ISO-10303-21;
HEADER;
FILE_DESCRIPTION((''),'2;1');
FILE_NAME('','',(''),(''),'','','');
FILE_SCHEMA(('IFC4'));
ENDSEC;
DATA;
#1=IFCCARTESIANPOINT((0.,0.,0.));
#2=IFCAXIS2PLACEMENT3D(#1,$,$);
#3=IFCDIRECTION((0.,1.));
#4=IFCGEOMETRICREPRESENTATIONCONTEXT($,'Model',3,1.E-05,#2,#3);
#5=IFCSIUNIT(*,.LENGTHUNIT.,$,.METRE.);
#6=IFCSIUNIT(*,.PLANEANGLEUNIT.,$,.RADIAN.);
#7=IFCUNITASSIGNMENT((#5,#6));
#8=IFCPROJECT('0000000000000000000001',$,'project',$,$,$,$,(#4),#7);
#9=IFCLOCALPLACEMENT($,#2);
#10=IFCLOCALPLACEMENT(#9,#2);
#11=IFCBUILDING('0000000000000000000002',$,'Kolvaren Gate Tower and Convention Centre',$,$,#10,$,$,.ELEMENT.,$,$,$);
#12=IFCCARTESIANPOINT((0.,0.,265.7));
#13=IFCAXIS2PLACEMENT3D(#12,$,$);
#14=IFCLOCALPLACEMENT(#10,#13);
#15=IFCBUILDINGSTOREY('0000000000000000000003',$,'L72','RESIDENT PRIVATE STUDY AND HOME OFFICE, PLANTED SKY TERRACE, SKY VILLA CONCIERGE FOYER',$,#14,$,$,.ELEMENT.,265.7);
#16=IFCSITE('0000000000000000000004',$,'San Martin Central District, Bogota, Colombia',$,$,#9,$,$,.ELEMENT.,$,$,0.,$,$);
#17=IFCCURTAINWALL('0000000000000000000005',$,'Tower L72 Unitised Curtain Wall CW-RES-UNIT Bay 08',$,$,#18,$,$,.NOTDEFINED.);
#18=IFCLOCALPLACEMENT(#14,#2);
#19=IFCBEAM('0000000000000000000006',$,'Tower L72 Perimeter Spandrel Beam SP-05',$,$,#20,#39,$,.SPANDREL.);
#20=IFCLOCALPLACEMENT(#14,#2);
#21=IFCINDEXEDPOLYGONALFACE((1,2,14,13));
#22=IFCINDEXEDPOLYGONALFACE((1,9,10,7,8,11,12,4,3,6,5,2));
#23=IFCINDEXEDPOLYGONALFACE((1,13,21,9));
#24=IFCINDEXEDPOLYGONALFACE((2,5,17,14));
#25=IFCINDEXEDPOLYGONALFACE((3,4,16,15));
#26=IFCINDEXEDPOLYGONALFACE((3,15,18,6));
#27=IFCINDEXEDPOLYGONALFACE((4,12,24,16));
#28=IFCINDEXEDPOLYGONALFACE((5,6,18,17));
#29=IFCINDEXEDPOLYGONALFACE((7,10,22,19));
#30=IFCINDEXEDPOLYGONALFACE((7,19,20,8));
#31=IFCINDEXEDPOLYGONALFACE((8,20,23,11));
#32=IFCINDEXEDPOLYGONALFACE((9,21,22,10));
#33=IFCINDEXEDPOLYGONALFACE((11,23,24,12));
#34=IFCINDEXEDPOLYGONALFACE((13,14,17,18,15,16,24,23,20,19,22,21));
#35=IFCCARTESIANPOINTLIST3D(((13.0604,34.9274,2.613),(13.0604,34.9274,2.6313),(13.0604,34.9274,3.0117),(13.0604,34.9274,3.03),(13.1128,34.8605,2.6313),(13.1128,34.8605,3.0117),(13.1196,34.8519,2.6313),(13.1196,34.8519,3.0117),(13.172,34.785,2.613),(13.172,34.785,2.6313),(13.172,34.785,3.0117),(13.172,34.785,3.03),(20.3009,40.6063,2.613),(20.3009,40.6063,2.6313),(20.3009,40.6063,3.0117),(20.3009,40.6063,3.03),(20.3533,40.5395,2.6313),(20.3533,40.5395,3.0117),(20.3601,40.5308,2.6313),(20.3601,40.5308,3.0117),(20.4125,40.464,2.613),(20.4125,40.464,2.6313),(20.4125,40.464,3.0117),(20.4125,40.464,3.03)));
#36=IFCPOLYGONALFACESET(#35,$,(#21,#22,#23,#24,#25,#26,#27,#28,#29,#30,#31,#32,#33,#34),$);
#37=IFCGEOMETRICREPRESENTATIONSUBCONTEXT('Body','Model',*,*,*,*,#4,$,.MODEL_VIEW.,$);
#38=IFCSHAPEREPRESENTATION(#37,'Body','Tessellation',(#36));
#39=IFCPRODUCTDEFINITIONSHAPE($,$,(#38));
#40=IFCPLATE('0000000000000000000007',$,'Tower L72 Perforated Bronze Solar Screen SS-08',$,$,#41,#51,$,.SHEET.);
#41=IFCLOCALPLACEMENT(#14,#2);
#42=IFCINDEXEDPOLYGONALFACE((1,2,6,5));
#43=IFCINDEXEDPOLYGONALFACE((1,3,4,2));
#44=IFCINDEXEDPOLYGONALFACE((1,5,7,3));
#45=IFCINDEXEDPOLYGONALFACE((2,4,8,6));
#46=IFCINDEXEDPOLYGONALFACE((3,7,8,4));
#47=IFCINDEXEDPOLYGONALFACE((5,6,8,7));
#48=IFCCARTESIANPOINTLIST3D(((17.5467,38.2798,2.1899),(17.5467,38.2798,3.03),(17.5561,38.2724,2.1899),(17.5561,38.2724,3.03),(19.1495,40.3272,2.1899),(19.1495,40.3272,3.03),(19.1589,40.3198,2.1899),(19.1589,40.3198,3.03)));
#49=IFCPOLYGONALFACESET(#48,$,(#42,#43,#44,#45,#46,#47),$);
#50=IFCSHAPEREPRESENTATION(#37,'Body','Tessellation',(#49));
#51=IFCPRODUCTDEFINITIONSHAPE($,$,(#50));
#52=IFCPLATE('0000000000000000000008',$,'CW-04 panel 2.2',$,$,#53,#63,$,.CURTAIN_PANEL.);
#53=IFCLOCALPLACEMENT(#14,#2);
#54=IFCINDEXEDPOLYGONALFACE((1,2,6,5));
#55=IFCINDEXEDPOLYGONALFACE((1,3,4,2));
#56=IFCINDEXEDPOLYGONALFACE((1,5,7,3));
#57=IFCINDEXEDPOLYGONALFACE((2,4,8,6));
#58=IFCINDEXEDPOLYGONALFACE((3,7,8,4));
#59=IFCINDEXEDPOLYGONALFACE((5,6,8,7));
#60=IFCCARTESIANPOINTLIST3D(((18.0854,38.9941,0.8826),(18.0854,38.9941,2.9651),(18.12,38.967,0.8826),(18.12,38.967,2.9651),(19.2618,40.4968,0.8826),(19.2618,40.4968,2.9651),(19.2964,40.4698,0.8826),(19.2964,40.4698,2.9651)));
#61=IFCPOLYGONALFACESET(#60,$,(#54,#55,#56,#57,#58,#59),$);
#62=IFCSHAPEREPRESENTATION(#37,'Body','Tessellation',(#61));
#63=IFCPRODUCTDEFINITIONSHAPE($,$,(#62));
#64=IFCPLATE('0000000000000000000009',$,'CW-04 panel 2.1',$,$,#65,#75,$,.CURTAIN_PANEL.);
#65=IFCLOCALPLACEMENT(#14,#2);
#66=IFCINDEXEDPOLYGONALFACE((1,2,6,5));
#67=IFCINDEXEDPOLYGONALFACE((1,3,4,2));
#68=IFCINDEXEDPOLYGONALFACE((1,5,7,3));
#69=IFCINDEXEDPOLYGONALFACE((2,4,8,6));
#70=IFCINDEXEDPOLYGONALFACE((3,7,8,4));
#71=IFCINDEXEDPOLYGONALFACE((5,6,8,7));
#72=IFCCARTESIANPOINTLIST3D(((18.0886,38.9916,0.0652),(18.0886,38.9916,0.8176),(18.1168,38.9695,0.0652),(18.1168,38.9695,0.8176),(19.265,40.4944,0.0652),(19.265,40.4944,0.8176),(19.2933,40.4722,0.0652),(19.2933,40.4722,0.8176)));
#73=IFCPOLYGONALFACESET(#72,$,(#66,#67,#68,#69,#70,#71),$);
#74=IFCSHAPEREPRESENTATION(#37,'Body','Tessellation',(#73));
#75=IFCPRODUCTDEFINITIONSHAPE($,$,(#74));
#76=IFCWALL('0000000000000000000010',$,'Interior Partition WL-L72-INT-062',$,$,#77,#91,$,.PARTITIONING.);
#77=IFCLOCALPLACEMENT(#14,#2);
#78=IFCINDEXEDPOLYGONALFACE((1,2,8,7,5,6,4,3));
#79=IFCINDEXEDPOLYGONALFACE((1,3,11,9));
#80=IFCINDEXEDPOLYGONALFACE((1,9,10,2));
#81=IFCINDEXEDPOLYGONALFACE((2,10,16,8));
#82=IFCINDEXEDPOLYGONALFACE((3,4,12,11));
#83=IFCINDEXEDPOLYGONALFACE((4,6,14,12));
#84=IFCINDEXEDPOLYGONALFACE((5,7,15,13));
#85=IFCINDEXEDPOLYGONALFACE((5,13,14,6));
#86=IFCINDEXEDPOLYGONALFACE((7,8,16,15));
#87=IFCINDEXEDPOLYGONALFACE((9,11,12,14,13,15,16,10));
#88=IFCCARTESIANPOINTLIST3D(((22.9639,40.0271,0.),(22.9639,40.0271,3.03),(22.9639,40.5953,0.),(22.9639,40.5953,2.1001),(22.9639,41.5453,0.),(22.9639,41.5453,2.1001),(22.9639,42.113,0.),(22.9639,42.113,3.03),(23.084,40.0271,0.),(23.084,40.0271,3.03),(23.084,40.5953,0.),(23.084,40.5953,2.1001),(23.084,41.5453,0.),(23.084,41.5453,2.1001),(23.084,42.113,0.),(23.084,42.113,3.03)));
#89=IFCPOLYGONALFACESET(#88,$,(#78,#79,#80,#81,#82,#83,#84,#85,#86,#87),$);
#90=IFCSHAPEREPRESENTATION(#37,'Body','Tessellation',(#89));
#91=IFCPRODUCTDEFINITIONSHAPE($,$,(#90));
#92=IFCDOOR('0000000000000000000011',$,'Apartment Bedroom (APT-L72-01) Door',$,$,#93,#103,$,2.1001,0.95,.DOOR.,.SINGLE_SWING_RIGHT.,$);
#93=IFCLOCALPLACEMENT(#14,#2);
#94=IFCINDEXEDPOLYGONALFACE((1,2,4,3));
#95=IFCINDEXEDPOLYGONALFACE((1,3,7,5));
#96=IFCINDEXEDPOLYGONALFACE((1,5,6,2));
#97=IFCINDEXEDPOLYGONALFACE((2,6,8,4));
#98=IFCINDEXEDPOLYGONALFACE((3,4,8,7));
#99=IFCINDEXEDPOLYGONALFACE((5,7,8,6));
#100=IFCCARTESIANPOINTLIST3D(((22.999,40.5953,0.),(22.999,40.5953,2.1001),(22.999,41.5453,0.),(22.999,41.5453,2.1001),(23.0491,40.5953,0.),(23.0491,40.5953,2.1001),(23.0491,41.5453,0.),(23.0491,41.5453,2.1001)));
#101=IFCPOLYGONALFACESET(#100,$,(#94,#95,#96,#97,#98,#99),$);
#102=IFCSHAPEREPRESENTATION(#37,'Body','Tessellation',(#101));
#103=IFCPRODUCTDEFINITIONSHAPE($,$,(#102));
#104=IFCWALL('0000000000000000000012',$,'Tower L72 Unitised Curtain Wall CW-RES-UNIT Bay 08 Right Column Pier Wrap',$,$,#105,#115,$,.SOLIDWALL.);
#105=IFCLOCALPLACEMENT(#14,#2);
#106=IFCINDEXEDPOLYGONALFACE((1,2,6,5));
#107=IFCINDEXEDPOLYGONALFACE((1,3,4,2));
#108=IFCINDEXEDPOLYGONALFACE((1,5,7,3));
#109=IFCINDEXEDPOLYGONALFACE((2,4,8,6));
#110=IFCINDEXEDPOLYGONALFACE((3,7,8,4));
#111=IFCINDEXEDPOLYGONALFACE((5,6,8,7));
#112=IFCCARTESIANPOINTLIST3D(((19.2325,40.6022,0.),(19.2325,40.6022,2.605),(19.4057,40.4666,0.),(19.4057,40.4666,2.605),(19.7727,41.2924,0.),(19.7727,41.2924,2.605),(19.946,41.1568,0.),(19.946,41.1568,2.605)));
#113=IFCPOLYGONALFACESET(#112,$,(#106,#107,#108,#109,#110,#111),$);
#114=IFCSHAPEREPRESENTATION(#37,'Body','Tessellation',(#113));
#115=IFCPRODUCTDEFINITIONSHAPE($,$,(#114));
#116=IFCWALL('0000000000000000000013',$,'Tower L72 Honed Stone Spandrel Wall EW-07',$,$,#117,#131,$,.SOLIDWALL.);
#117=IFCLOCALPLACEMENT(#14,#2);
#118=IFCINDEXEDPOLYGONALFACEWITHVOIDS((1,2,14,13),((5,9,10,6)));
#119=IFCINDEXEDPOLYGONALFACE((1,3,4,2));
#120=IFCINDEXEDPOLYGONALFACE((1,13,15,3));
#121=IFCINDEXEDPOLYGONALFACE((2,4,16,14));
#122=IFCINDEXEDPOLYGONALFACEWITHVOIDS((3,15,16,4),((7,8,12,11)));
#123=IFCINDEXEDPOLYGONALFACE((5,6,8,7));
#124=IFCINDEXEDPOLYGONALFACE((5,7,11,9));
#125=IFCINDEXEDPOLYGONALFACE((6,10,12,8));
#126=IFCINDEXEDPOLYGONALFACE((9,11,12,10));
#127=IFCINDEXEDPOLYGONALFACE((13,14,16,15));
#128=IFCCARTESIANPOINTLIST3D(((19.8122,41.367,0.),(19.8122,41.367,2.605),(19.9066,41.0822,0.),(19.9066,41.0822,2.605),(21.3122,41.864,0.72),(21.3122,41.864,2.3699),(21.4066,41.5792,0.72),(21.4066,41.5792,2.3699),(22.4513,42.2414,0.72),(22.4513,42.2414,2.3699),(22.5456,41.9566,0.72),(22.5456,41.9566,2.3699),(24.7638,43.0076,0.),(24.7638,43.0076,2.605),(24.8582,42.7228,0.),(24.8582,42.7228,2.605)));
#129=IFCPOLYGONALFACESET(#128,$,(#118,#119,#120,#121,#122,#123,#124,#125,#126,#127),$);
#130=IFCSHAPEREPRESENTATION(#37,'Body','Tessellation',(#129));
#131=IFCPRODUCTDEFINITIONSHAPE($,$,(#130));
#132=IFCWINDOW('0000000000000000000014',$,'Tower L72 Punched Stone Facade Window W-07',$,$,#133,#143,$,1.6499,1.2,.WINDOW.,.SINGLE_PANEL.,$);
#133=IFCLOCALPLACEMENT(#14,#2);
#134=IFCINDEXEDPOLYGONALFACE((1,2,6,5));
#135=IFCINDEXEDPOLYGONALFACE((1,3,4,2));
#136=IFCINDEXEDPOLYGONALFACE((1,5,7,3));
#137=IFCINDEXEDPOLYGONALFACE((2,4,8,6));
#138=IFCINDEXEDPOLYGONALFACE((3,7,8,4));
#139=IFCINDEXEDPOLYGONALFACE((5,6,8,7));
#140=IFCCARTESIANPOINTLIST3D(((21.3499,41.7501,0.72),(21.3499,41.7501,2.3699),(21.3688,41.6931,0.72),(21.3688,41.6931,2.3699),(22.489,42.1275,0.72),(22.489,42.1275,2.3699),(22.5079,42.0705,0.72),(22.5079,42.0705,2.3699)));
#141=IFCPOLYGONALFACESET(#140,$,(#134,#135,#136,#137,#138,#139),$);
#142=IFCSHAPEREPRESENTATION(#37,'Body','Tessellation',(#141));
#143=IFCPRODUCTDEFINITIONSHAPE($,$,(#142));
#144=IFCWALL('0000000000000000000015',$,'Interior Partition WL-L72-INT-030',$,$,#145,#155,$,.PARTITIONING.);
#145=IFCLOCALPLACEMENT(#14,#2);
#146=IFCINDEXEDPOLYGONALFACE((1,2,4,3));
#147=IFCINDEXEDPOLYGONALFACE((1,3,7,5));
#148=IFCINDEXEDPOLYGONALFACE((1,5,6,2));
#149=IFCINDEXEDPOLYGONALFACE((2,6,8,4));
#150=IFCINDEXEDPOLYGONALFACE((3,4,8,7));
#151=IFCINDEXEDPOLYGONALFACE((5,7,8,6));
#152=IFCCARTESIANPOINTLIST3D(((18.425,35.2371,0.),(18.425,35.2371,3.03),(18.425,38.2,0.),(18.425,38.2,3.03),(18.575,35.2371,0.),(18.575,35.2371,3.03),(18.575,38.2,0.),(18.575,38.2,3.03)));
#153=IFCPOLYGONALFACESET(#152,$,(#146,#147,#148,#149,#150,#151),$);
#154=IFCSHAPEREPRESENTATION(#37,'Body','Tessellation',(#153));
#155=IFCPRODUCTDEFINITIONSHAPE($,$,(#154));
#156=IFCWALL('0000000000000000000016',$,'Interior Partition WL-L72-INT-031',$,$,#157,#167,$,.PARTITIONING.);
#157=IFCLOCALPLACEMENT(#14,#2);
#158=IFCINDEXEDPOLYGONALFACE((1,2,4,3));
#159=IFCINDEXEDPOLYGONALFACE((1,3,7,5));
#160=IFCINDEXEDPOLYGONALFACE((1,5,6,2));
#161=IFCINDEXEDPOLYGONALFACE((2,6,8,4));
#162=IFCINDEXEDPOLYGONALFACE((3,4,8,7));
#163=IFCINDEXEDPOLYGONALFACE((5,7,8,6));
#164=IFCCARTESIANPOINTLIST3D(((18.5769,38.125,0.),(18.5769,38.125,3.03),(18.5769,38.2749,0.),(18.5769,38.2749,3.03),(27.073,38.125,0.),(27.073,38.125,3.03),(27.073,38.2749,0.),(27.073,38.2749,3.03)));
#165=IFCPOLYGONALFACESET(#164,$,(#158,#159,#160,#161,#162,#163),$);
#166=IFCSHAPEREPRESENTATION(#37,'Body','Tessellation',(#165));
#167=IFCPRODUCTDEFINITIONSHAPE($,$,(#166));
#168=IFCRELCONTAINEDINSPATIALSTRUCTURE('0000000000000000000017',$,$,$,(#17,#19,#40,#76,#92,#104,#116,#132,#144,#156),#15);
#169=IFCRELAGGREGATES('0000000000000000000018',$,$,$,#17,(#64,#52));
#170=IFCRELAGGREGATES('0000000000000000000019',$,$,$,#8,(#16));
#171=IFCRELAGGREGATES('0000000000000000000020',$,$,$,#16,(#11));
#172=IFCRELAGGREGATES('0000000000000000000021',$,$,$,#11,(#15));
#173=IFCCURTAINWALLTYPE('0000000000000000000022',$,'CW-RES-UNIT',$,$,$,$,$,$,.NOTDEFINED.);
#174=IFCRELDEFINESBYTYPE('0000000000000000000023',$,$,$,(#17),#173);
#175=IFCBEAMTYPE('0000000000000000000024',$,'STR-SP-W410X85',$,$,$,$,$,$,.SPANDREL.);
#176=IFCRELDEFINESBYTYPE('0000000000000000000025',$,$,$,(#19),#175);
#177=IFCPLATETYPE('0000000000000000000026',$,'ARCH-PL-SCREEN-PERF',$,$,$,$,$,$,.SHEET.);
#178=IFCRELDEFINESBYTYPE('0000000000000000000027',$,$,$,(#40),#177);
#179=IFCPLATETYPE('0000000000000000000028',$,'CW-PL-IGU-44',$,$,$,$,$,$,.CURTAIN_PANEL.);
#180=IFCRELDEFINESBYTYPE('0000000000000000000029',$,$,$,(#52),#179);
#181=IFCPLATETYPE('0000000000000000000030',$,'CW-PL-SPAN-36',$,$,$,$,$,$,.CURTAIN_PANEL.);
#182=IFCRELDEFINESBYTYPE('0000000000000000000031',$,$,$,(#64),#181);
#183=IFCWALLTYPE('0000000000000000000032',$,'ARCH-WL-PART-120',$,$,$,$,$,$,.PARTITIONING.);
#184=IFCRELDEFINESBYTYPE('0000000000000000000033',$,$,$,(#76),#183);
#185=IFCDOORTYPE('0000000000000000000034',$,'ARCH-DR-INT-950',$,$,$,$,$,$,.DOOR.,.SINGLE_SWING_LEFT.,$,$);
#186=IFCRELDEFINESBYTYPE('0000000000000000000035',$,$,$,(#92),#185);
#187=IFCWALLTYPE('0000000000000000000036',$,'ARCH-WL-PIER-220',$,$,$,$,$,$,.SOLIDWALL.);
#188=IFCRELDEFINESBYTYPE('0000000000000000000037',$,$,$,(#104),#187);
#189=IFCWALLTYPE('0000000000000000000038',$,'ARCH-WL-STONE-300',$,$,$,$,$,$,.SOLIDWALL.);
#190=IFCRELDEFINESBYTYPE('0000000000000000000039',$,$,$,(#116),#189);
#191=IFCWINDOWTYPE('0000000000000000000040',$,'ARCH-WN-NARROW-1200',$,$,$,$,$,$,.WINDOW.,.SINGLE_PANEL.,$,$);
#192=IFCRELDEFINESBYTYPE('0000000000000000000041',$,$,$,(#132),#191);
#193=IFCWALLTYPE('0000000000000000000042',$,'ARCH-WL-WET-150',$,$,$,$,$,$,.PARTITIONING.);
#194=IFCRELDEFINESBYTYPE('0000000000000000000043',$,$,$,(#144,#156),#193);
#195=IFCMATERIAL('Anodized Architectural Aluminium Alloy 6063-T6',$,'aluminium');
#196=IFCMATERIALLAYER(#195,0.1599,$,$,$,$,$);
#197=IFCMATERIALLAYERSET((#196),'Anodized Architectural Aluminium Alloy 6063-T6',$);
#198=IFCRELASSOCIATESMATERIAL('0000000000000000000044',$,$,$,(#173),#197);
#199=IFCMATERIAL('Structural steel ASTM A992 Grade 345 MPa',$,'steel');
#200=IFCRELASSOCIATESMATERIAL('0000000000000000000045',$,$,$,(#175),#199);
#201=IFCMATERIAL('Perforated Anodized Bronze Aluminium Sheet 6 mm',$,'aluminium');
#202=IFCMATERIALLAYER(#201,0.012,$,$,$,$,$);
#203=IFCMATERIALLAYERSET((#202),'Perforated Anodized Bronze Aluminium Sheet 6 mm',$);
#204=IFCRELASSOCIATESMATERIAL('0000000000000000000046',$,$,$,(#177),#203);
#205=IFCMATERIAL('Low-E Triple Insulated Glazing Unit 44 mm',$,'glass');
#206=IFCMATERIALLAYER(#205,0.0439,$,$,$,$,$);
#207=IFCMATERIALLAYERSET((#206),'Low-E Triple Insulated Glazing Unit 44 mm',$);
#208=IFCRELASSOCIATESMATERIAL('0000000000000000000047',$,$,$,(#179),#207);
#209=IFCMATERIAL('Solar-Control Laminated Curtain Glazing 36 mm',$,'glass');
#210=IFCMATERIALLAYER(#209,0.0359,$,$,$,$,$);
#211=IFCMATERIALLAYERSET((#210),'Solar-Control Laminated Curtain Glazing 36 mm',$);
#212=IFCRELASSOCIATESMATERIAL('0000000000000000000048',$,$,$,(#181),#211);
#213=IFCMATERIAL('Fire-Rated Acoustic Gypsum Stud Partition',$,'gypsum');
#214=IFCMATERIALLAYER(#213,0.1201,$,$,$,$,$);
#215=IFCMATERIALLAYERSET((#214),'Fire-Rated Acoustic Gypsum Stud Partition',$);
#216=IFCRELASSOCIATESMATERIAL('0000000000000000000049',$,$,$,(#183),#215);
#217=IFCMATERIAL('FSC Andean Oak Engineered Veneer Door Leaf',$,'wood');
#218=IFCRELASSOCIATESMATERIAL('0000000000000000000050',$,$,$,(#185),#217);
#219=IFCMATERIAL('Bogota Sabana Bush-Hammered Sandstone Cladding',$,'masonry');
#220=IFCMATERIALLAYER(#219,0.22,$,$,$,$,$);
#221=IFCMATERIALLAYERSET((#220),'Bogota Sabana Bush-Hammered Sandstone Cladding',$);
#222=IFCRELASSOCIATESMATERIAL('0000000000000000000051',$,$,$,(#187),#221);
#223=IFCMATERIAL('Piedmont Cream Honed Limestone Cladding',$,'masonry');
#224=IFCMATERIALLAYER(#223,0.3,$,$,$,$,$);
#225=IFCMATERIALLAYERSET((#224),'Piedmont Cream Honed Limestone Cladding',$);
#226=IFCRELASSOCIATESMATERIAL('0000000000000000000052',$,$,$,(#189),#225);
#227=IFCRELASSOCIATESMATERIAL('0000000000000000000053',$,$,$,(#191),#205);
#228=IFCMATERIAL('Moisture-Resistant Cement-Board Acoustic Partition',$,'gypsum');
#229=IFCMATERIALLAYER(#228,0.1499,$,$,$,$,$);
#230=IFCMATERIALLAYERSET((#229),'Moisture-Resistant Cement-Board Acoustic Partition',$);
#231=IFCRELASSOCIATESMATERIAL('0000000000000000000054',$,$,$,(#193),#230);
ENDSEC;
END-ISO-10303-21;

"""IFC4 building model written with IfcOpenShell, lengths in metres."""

from ifc_helpers import new_model, si_unit, direction, frame, frame_2d, origin, origin_2d, place, context, subcontext, project, spatial, rectangle, i_section, extrude, material, layer, layer_set, material_profile, profile_set, type_object, element, fill, aggregate, save


model = new_model("IFC4")

# Units and contexts
model_context = context("Model", 3, precision=1e-05, world=origin(), true_north=direction((0.0, 1.0)))
body_context = subcontext(model_context, "Body", "Model", "MODEL_VIEW")
ifc_project = project(units=[si_unit("LENGTHUNIT", "METRE"), si_unit("PLANEANGLEUNIT", "RADIAN")], contexts=[model_context])

# Site, building, storey
site_placement = place(None, origin())
site = spatial("IfcSite", under=ifc_project, at=site_placement, Name="San Martin Central District, Bogota, Colombia", CompositionType="ELEMENT", RefElevation=0.0)
building_placement = place(site_placement, origin())
building = spatial("IfcBuilding", under=site, at=building_placement, Name="Kolvaren Gate Tower and Convention Centre", CompositionType="ELEMENT")
storey_placement = place(building_placement, frame((0.0, 0.0, 265.7)))
storey = spatial("IfcBuildingStorey", under=building, at=storey_placement, Name="L72", Description="RESIDENT PRIVATE STUDY AND HOME OFFICE, PLANTED SKY TERRACE, SKY VILLA CONCIERGE FOYER", CompositionType="ELEMENT", Elevation=265.7)

# Curtain wall
ifc_material_1 = material(Name="Anodized Architectural Aluminium Alloy 6063-T6", Category="aluminium")
ifc_layer_1 = layer(ifc_material_1, 0.1599)
ifc_layer_set_1 = layer_set([ifc_layer_1], Name="Anodized Architectural Aluminium Alloy 6063-T6")
curtain_wall_type = type_object("IfcCurtainWallType", Name="CW-RES-UNIT", PredefinedType="NOTDEFINED", material=ifc_layer_set_1)
curtain_wall_placement = place(storey_placement, origin())
curtain_wall = element("IfcCurtainWall", 1, at=curtain_wall_placement, inside=storey, type_object=curtain_wall_type, Name="Tower L72 Unitised Curtain Wall CW-RES-UNIT Bay 08", PredefinedType="NOTDEFINED")

# Beam
ifc_material_2 = material(Name="Structural steel ASTM A992 Grade 345 MPa", Category="steel")
ifc_material_profile_1 = material_profile(ifc_material_2, i_section(OverallWidth=0.1809, OverallDepth=0.417, WebThickness=0.011, FlangeThickness=0.0183, at=origin_2d()), Name="W410X85")
ifc_profile_set_1 = profile_set([ifc_material_profile_1], Name="Structural steel ASTM A992 Grade 345 MPa")
beam_type_1 = type_object("IfcBeamType", Name="STR-SP-W410X85", PredefinedType="SPANDREL", material=ifc_profile_set_1)
beam_1_placement = place(storey_placement, frame((20.3567, 40.5352, 2.8215), z_axis=(-0.786846, -0.61715, 0.0), x_axis=(0.61715, -0.786846, 0.0)))
element("IfcBeam", 2, at=beam_1_placement, inside=storey, type_object=beam_type_1, Name="Tower L72 Perimeter Spandrel Beam SP-05", PredefinedType="SPANDREL", context=body_context, shape_type="SweptSolid", body=[
    extrude(i_section(OverallWidth=0.1809, OverallDepth=0.417, WebThickness=0.011, FlangeThickness=0.0183, at=origin_2d()), origin(), (0.0, 0.0, 1.0), 9.2019),
])

# Plates
ifc_material_3 = material(Name="Perforated Anodized Bronze Aluminium Sheet 6 mm", Category="aluminium")
ifc_layer_2 = layer(ifc_material_3, 0.012)
ifc_layer_set_2 = layer_set([ifc_layer_2], Name="Perforated Anodized Bronze Aluminium Sheet 6 mm")
plate_type_1 = type_object("IfcPlateType", Name="ARCH-PL-SCREEN-PERF", PredefinedType="SHEET", material=ifc_layer_set_2)
plate_1_placement = place(storey_placement, frame((18.3528, 39.2998, 2.1899), z_axis=(0.0, 0.0, 1.0), x_axis=(0.61643, 0.78741, 0.0)))
element("IfcPlate", 3, at=plate_1_placement, inside=storey, type_object=plate_type_1, Name="Tower L72 Perforated Bronze Solar Screen SS-08", PredefinedType="SHEET", context=body_context, shape_type="SweptSolid", body=[
    extrude(rectangle(XDim=2.6001, YDim=0.012, at=origin_2d()), origin(), (0.0, 0.0, 1.0), 0.8401),
])
ifc_material_4 = material(Name="Low-E Triple Insulated Glazing Unit 44 mm", Category="glass")
ifc_layer_3 = layer(ifc_material_4, 0.0439)
ifc_layer_set_3 = layer_set([ifc_layer_3], Name="Low-E Triple Insulated Glazing Unit 44 mm")
plate_type_2 = type_object("IfcPlateType", Name="CW-PL-IGU-44", PredefinedType="CURTAIN_PANEL", material=ifc_layer_set_3)
plate_2_placement = place(storey_placement, frame((18.6909, 39.7319, 0.8826), z_axis=(0.0, 0.0, 1.0), x_axis=(0.616426, 0.787413, 0.0)))
plate_2 = element("IfcPlate", 4, at=plate_2_placement, type_object=plate_type_2, Name="CW-04 panel 2.2", PredefinedType="CURTAIN_PANEL", context=body_context, shape_type="SweptSolid", body=[
    extrude(rectangle(XDim=1.9084, YDim=0.0439, at=origin_2d()), origin(), (0.0, 0.0, 1.0), 2.0825),
])
ifc_material_5 = material(Name="Solar-Control Laminated Curtain Glazing 36 mm", Category="glass")
ifc_layer_4 = layer(ifc_material_5, 0.0359)
ifc_layer_set_4 = layer_set([ifc_layer_4], Name="Solar-Control Laminated Curtain Glazing 36 mm")
plate_type_3 = type_object("IfcPlateType", Name="CW-PL-SPAN-36", PredefinedType="CURTAIN_PANEL", material=ifc_layer_set_4)
plate_3_placement = place(storey_placement, frame((18.6909, 39.7319, 0.0652), z_axis=(0.0, 0.0, 1.0), x_axis=(0.616426, 0.787413, 0.0)))
plate_3 = element("IfcPlate", 5, at=plate_3_placement, type_object=plate_type_3, Name="CW-04 panel 2.1", PredefinedType="CURTAIN_PANEL", context=body_context, shape_type="SweptSolid", body=[
    extrude(rectangle(XDim=1.9084, YDim=0.0359, at=origin_2d()), origin(), (0.0, 0.0, 1.0), 0.7524),
])
aggregate(curtain_wall, [plate_3, plate_2])

# Wall, opening, door
ifc_material_6 = material(Name="Fire-Rated Acoustic Gypsum Stud Partition", Category="gypsum")
ifc_layer_5 = layer(ifc_material_6, 0.1201)
ifc_layer_set_5 = layer_set([ifc_layer_5], Name="Fire-Rated Acoustic Gypsum Stud Partition")
wall_type_1 = type_object("IfcWallType", Name="ARCH-WL-PART-120", PredefinedType="PARTITIONING", material=ifc_layer_set_5)
wall_1_placement = place(storey_placement, frame((23.0239, 40.0271, 0.0), z_axis=(0.0, 0.0, 1.0), x_axis=(0.0, 1.0, 0.0)))
wall_1 = element("IfcWall", 6, at=wall_1_placement, inside=storey, type_object=wall_type_1, Name="Interior Partition WL-L72-INT-062", PredefinedType="PARTITIONING", context=body_context, shape_type="SweptSolid", body=[
    extrude(rectangle(XDim=2.0859, YDim=0.1201, at=frame_2d((1.043, 0.0))), origin(), (0.0, 0.0, 1.0), 3.03),
])
opening_1_placement = place(wall_1_placement, frame((0.5681, 0.0, 0.0)))
opening_1 = element("IfcOpeningElement", 7, at=opening_1_placement, cuts=wall_1, PredefinedType="OPENING", context=body_context, shape_type="SweptSolid", body=[
    extrude(rectangle(XDim=0.95, YDim=2.1001, at=frame_2d((0.4751, 1.05))), frame((0.0, 0.0701, 0.0), z_axis=(0.0, -1.0, 0.0), x_axis=(1.0, 0.0, 0.0)), (0.0, 0.0, 1.0), 0.1401),
])
ifc_material_7 = material(Name="FSC Andean Oak Engineered Veneer Door Leaf", Category="wood")
door_type = type_object("IfcDoorType", Name="ARCH-DR-INT-950", OperationType="SINGLE_SWING_LEFT", PredefinedType="DOOR", material=ifc_material_7)
door_placement = place(opening_1_placement, origin())
door = element("IfcDoor", 8, at=door_placement, inside=storey, type_object=door_type, Name="Apartment Bedroom (APT-L72-01) Door", OperationType="SINGLE_SWING_RIGHT", OverallHeight=2.1001, OverallWidth=0.95, PredefinedType="DOOR", context=body_context, shape_type="SweptSolid", body=[
    extrude(rectangle(XDim=0.95, YDim=2.1001, at=frame_2d((0.4751, 1.05))), frame((0.0, 0.0249, 0.0), z_axis=(0.0, -1.0, 0.0), x_axis=(1.0, 0.0, 0.0)), (0.0, 0.0, 1.0), 0.05),
])
fill(opening_1, door)

# Wall
ifc_material_8 = material(Name="Bogota Sabana Bush-Hammered Sandstone Cladding", Category="masonry")
ifc_layer_6 = layer(ifc_material_8, 0.22)
ifc_layer_set_6 = layer_set([ifc_layer_6], Name="Bogota Sabana Bush-Hammered Sandstone Cladding")
wall_type_2 = type_object("IfcWallType", Name="ARCH-WL-PIER-220", PredefinedType="SOLIDWALL", material=ifc_layer_set_6)
wall_2_placement = place(storey_placement, frame((19.3191, 40.5344, 0.0), z_axis=(0.0, 0.0, 1.0), x_axis=(0.616406, 0.787429, 0.0)))
element("IfcWall", 9, at=wall_2_placement, inside=storey, type_object=wall_type_2, Name="Tower L72 Unitised Curtain Wall CW-RES-UNIT Bay 08 Right Column Pier Wrap", PredefinedType="SOLIDWALL", context=body_context, shape_type="SweptSolid", body=[
    extrude(rectangle(XDim=0.8765, YDim=0.22, at=frame_2d((0.4382, 0.0))), origin(), (0.0, 0.0, 1.0), 2.605),
])

# Wall, opening, window
ifc_material_9 = material(Name="Piedmont Cream Honed Limestone Cladding", Category="masonry")
ifc_layer_7 = layer(ifc_material_9, 0.3)
ifc_layer_set_7 = layer_set([ifc_layer_7], Name="Piedmont Cream Honed Limestone Cladding")
wall_type_3 = type_object("IfcWallType", Name="ARCH-WL-STONE-300", PredefinedType="SOLIDWALL", material=ifc_layer_set_7)
wall_3_placement = place(storey_placement, frame((19.8594, 41.2246, 0.0), z_axis=(0.0, 0.0, 1.0), x_axis=(0.949253, 0.314514, 0.0)))
wall_3 = element("IfcWall", 10, at=wall_3_placement, inside=storey, type_object=wall_type_3, Name="Tower L72 Honed Stone Spandrel Wall EW-07", PredefinedType="SOLIDWALL", context=body_context, shape_type="SweptSolid", body=[
    extrude(rectangle(XDim=5.2163, YDim=0.3, at=frame_2d((2.6082, 0.0))), origin(), (0.0, 0.0, 1.0), 2.605),
])
opening_2_placement = place(wall_3_placement, frame((1.5801, 0.0, 0.72)))
opening_2 = element("IfcOpeningElement", 11, at=opening_2_placement, cuts=wall_3, PredefinedType="OPENING", context=body_context, shape_type="SweptSolid", body=[
    extrude(rectangle(XDim=1.2, YDim=1.6499, at=frame_2d((0.6001, 0.825))), frame((0.0, 0.1599, 0.0), z_axis=(0.0, -1.0, 0.0), x_axis=(1.0, 0.0, 0.0)), (0.0, 0.0, 1.0), 0.3201),
])
window_type = type_object("IfcWindowType", Name="ARCH-WN-NARROW-1200", PartitioningType="SINGLE_PANEL", PredefinedType="WINDOW", material=ifc_material_4)
window_placement = place(opening_2_placement, origin())
window = element("IfcWindow", 12, at=window_placement, inside=storey, type_object=window_type, Name="Tower L72 Punched Stone Facade Window W-07", OverallHeight=1.6499, OverallWidth=1.2, PartitioningType="SINGLE_PANEL", PredefinedType="WINDOW", context=body_context, shape_type="SweptSolid", body=[
    extrude(rectangle(XDim=1.2, YDim=1.6499, at=frame_2d((0.6001, 0.825))), frame((0.0, 0.03, 0.0), z_axis=(0.0, -1.0, 0.0), x_axis=(1.0, 0.0, 0.0)), (0.0, 0.0, 1.0), 0.0601),
])
fill(opening_2, window)

# Walls
ifc_material_10 = material(Name="Moisture-Resistant Cement-Board Acoustic Partition", Category="gypsum")
ifc_layer_8 = layer(ifc_material_10, 0.1499)
ifc_layer_set_8 = layer_set([ifc_layer_8], Name="Moisture-Resistant Cement-Board Acoustic Partition")
wall_type_4 = type_object("IfcWallType", Name="ARCH-WL-WET-150", PredefinedType="PARTITIONING", material=ifc_layer_set_8)
wall_4_placement = place(storey_placement, frame((18.5, 35.2371, 0.0), z_axis=(0.0, 0.0, 1.0), x_axis=(0.0, 1.0, 0.0)))
element("IfcWall", 13, at=wall_4_placement, inside=storey, type_object=wall_type_4, Name="Interior Partition WL-L72-INT-030", PredefinedType="PARTITIONING", context=body_context, shape_type="SweptSolid", body=[
    extrude(rectangle(XDim=2.9629, YDim=0.1499, at=frame_2d((1.4814, 0.0))), origin(), (0.0, 0.0, 1.0), 3.03),
])
wall_5_placement = place(storey_placement, frame((18.5769, 38.2, 0.0), z_axis=(0.0, 0.0, 1.0), x_axis=(1.0, 0.0, 0.0)))
element("IfcWall", 14, at=wall_5_placement, inside=storey, type_object=wall_type_4, Name="Interior Partition WL-L72-INT-031", PredefinedType="PARTITIONING", context=body_context, shape_type="SweptSolid", body=[
    extrude(rectangle(XDim=8.4961, YDim=0.1499, at=frame_2d((4.248, 0.0))), origin(), (0.0, 0.0, 1.0), 3.03),
])

save(model, "model.ifc")
